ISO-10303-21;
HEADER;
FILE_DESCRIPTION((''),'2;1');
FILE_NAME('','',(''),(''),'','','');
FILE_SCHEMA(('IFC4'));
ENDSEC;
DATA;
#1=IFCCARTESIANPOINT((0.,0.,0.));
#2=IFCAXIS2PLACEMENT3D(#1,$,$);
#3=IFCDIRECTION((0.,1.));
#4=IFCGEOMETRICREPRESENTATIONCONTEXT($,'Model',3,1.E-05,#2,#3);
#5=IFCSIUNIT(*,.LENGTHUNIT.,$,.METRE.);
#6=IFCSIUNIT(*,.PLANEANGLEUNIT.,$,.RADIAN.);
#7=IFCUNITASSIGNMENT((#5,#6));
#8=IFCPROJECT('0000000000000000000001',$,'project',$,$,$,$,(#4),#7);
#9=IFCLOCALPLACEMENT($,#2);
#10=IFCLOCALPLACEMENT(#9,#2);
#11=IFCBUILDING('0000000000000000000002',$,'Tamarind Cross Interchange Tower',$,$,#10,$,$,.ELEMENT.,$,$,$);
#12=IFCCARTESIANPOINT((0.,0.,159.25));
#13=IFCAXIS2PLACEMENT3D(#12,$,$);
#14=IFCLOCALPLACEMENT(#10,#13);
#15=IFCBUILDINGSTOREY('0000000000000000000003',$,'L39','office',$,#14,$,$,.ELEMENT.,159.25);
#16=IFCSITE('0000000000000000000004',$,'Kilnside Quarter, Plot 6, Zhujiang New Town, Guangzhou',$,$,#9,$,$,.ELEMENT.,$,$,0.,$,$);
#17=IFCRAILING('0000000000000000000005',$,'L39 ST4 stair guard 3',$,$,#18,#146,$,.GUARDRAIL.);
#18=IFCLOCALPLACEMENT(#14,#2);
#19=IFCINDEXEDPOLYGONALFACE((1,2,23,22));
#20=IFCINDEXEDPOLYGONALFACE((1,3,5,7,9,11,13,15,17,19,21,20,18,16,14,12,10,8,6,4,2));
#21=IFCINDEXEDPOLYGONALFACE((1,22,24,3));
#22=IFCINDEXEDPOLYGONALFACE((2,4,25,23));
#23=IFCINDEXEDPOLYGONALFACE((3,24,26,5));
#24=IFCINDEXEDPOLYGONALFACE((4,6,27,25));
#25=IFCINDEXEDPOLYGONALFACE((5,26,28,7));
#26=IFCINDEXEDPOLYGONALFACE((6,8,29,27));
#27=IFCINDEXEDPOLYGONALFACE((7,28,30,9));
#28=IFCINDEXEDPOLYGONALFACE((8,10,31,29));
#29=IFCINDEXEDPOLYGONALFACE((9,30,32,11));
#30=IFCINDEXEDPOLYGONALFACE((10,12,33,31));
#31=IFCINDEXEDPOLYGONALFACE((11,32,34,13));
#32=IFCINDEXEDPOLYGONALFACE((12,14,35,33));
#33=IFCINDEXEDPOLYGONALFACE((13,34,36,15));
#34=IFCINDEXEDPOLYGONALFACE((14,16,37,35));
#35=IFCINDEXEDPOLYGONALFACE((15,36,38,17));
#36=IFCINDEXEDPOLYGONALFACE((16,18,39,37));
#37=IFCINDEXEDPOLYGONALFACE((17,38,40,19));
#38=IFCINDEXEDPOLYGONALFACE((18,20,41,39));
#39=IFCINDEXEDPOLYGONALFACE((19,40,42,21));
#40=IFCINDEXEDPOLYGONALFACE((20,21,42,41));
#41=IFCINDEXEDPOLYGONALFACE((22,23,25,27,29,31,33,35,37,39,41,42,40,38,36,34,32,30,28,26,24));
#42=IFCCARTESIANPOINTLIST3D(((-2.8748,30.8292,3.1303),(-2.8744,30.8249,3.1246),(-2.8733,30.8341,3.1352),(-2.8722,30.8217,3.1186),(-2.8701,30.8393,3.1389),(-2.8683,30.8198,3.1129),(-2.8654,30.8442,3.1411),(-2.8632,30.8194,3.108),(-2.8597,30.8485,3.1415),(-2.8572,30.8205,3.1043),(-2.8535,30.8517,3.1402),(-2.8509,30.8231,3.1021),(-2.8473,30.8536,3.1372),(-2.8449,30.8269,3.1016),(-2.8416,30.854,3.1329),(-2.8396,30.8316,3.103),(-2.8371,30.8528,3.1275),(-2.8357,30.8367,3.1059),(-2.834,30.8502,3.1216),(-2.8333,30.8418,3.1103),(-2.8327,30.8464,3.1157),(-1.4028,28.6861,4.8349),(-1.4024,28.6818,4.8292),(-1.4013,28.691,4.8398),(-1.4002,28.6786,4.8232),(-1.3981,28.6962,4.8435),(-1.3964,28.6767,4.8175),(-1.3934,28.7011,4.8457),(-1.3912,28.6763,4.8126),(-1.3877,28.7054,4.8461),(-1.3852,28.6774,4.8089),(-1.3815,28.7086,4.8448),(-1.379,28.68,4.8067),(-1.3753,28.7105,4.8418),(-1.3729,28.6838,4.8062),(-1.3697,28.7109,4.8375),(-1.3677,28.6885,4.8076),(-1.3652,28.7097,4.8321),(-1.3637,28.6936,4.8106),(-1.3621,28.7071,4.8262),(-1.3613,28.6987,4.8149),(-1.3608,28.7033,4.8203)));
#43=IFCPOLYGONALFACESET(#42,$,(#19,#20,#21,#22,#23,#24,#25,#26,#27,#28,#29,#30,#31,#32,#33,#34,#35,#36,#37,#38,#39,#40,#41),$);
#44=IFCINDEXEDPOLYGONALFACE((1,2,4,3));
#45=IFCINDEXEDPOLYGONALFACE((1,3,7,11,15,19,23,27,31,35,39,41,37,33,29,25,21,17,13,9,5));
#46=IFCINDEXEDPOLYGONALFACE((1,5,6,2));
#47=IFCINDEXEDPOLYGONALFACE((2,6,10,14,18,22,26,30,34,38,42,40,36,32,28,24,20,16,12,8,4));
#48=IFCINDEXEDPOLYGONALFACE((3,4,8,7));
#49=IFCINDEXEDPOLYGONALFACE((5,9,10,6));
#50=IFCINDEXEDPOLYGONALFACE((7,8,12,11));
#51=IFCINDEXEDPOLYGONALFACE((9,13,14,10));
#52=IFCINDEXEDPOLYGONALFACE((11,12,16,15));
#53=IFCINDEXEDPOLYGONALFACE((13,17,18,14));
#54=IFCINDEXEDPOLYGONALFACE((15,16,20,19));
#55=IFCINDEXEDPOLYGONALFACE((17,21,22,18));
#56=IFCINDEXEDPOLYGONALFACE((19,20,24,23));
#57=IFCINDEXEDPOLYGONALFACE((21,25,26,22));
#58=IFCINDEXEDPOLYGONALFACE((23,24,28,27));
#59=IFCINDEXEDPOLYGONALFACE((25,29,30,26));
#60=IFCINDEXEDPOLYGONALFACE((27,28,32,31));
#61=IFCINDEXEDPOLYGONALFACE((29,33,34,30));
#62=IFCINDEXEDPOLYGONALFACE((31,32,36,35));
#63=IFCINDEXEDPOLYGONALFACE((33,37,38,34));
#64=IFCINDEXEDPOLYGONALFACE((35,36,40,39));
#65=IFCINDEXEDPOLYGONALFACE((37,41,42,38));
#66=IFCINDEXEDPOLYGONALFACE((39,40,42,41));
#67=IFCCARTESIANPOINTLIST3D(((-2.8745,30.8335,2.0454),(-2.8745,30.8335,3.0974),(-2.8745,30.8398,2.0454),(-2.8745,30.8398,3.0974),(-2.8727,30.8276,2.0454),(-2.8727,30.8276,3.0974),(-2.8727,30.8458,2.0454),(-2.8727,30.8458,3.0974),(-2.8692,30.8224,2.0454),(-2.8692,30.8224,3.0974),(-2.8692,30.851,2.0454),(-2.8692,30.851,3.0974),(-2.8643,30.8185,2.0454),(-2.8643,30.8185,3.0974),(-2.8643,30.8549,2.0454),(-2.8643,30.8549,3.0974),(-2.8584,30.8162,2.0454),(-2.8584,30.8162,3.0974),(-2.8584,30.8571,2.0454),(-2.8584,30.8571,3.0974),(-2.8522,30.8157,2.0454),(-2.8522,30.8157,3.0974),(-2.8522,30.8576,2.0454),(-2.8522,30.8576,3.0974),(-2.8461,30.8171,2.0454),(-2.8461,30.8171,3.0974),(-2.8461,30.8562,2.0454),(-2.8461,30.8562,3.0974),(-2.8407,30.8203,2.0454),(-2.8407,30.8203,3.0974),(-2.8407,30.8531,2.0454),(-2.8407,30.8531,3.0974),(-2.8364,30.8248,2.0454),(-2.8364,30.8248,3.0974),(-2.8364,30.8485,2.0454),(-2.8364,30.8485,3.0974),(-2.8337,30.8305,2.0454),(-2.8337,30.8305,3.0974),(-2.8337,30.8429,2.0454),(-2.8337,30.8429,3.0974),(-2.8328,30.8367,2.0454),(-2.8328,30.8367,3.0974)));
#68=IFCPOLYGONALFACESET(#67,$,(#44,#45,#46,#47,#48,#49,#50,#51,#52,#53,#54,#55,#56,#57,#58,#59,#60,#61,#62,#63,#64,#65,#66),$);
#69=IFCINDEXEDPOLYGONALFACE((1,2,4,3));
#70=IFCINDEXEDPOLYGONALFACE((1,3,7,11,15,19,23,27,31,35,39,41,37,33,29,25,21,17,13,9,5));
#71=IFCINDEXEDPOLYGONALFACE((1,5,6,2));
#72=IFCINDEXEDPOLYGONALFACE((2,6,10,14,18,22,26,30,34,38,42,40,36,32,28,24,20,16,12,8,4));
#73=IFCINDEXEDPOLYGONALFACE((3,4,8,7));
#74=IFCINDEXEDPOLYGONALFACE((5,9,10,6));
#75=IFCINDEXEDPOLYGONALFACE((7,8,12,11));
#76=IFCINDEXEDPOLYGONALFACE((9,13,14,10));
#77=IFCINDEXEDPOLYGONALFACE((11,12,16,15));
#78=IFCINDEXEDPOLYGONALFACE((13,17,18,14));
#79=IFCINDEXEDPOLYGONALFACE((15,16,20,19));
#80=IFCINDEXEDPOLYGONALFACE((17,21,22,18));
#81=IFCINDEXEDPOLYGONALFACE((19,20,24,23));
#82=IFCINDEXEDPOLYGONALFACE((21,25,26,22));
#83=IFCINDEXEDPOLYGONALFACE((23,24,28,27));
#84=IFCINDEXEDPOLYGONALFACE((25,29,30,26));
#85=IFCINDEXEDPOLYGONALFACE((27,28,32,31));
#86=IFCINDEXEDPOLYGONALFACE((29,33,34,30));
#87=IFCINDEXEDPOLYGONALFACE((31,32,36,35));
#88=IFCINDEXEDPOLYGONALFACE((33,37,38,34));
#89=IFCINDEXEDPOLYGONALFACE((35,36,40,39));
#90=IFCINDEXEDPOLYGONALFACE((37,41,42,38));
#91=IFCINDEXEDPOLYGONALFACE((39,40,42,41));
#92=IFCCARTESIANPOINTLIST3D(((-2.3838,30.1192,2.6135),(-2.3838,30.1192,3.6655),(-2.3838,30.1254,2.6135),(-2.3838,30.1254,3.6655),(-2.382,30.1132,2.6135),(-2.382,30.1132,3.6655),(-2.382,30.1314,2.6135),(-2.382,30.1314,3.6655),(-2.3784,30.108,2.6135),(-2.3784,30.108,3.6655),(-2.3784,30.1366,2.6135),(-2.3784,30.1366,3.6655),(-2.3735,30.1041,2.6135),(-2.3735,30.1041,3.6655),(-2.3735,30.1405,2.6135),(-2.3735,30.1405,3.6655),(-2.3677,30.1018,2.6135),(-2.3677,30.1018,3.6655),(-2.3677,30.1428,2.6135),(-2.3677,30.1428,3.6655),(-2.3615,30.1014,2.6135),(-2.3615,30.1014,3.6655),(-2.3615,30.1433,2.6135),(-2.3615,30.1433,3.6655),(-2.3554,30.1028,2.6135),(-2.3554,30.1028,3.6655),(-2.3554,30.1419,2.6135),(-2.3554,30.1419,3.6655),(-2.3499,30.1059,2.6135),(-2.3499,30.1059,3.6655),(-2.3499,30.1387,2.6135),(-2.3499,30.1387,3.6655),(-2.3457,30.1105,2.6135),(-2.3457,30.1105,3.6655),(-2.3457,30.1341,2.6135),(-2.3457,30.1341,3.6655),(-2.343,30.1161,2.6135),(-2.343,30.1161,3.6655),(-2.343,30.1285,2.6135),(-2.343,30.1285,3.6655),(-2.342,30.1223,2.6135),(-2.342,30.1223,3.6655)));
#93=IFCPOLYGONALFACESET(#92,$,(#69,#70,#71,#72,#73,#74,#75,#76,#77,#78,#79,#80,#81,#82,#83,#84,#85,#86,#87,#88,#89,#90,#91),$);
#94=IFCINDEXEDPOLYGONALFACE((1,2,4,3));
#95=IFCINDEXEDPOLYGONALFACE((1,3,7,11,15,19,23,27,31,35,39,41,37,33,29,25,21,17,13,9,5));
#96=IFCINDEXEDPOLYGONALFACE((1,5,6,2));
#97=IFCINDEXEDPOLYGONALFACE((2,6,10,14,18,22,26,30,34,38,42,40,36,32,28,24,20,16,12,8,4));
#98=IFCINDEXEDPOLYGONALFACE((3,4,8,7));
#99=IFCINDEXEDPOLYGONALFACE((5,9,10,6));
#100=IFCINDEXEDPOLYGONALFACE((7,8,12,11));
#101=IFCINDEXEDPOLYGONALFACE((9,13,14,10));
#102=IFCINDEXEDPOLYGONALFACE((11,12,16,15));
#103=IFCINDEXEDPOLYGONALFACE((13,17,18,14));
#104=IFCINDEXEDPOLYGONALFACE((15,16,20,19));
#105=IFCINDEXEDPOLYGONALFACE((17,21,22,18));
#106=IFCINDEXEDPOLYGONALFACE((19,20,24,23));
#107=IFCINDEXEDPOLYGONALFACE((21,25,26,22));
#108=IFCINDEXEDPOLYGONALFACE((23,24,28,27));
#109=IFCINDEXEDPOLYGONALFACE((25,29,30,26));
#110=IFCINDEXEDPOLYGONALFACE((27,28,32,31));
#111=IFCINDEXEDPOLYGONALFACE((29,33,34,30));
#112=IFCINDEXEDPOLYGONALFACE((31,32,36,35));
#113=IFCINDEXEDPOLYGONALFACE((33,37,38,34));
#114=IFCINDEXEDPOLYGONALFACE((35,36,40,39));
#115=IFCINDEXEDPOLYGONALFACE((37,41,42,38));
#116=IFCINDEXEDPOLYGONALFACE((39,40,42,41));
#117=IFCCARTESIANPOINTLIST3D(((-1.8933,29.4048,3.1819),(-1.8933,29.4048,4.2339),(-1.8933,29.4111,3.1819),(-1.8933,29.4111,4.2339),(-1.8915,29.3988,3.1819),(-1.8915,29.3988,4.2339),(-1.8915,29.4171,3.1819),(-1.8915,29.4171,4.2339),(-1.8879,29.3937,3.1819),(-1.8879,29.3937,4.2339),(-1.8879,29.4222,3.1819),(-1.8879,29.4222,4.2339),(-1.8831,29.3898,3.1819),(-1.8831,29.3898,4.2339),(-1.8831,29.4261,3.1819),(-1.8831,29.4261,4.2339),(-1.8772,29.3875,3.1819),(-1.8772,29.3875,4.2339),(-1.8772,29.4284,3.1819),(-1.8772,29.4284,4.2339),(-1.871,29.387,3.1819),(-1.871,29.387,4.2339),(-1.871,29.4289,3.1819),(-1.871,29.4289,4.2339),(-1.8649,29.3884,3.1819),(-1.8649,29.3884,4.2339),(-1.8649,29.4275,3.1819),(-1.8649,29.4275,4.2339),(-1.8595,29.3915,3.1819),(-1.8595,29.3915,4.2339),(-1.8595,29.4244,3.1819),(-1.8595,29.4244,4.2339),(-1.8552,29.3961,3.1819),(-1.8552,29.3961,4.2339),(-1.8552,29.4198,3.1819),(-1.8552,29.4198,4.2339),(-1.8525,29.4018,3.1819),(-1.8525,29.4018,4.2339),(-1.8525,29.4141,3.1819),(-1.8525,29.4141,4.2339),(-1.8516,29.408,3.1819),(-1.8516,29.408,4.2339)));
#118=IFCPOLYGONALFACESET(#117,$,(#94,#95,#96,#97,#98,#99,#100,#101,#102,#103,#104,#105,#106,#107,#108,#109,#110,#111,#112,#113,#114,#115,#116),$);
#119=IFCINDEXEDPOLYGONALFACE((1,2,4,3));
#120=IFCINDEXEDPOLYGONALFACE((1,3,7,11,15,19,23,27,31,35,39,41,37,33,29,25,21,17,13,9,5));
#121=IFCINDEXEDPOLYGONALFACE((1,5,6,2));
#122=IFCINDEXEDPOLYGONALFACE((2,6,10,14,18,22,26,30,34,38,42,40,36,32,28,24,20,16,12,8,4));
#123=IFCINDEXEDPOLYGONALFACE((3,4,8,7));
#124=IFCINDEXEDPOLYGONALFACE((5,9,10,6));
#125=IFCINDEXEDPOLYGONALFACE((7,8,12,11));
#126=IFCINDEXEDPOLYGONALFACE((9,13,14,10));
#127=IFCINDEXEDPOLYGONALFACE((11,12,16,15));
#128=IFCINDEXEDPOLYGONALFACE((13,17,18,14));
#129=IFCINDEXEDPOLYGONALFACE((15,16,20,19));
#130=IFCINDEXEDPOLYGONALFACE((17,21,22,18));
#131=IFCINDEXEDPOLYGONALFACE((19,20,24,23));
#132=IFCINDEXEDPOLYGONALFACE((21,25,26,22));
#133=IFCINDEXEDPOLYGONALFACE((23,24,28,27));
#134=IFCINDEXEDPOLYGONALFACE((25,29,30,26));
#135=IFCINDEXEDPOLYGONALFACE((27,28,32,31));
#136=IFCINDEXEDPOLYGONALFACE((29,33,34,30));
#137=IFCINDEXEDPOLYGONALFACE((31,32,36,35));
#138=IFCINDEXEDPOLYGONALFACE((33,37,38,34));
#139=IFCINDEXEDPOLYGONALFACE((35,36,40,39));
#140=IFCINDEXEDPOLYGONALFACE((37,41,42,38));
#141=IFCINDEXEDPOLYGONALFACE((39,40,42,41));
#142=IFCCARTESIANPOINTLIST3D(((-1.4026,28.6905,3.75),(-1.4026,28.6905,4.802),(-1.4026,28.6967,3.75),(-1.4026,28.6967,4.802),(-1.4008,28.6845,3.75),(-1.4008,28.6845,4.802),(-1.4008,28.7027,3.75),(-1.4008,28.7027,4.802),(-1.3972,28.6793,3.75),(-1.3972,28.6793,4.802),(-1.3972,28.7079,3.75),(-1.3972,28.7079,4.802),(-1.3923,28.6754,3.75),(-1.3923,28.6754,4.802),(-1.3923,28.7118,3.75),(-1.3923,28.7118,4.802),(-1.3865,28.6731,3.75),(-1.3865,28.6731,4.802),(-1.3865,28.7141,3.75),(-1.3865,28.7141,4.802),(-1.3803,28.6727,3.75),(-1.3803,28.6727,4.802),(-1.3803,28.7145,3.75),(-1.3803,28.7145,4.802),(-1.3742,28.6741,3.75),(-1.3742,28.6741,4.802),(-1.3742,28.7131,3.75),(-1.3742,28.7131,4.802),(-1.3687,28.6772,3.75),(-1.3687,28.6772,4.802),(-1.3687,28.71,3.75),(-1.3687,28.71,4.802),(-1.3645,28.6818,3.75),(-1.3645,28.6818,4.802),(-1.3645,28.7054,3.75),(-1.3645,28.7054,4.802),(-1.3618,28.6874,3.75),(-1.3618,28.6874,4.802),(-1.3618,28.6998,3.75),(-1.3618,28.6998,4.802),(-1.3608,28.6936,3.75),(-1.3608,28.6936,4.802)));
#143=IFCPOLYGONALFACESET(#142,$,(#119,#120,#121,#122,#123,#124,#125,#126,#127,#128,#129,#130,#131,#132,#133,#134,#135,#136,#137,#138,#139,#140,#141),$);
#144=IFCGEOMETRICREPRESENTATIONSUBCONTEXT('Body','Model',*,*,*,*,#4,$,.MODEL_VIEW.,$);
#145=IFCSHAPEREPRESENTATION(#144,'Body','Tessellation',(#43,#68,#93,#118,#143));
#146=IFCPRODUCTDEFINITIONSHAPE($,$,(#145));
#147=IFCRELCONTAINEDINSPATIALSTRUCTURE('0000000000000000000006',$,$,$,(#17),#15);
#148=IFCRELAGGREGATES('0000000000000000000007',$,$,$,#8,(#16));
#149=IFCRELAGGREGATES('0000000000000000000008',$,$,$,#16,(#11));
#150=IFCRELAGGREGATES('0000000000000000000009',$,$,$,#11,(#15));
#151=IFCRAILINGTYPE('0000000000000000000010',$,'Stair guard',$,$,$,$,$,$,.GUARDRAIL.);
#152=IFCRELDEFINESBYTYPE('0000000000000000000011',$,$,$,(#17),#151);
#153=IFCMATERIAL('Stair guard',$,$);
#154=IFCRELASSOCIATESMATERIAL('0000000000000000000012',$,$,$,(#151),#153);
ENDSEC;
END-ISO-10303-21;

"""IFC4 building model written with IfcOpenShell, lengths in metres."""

from ifc_helpers import new_model, si_unit, direction, frame, origin, origin_2d, place, context, subcontext, project, spatial, circle, extrude, material, type_object, element, save


model = new_model("IFC4")

# Units and contexts
model_context = context("Model", 3, precision=1e-05, world=origin(), true_north=direction((0.0, 1.0)))
body_context = subcontext(model_context, "Body", "Model", "MODEL_VIEW")
ifc_project = project(units=[si_unit("LENGTHUNIT", "METRE"), si_unit("PLANEANGLEUNIT", "RADIAN")], contexts=[model_context])

# Site, building, storey
site_placement = place(None, origin())
site = spatial("IfcSite", under=ifc_project, at=site_placement, Name="Kilnside Quarter, Plot 6, Zhujiang New Town, Guangzhou", CompositionType="ELEMENT", RefElevation=0.0)
building_placement = place(site_placement, origin())
building = spatial("IfcBuilding", under=site, at=building_placement, Name="Tamarind Cross Interchange Tower", CompositionType="ELEMENT")
storey_placement = place(building_placement, frame((0.0, 0.0, 159.25)))
storey = spatial("IfcBuildingStorey", under=building, at=storey_placement, Name="L39", Description="office", CompositionType="ELEMENT", Elevation=159.25)

# Railing
ifc_material_1 = material(Name="Stair guard")
railing_type = type_object("IfcRailingType", Name="Stair guard", PredefinedType="GUARDRAIL", material=ifc_material_1)
railing_1_placement = place(storey_placement, frame((-2.8538, 30.8367, 2.0454)))
element("IfcRailing", 1, at=railing_1_placement, inside=storey, type_object=railing_type, Name="L39 ST4 stair guard 3", PredefinedType="GUARDRAIL", context=body_context, shape_type="SweptSolid", body=[
    extrude(circle(Radius=0.0239, at=origin_2d()), frame((0.0, 0.0, 1.0762), z_axis=(0.473463, -0.689345, 0.548303), x_axis=(0.824299, 0.566154, 0.0)), (0.0, 0.0, 1.0), 3.1089),
    extrude(circle(Radius=0.021, at=origin_2d()), origin(), (0.0, 0.0, 1.0), 1.052),
    extrude(circle(Radius=0.021, at=origin_2d()), frame((0.4907, -0.7144, 0.5681)), (0.0, 0.0, 1.0), 1.052),
    extrude(circle(Radius=0.021, at=origin_2d()), frame((0.9812, -1.4287, 1.1365)), (0.0, 0.0, 1.0), 1.052),
    extrude(circle(Radius=0.021, at=origin_2d()), frame((1.4719, -2.1431, 1.7046)), (0.0, 0.0, 1.0), 1.052),
])

save(model, "model.ifc")
